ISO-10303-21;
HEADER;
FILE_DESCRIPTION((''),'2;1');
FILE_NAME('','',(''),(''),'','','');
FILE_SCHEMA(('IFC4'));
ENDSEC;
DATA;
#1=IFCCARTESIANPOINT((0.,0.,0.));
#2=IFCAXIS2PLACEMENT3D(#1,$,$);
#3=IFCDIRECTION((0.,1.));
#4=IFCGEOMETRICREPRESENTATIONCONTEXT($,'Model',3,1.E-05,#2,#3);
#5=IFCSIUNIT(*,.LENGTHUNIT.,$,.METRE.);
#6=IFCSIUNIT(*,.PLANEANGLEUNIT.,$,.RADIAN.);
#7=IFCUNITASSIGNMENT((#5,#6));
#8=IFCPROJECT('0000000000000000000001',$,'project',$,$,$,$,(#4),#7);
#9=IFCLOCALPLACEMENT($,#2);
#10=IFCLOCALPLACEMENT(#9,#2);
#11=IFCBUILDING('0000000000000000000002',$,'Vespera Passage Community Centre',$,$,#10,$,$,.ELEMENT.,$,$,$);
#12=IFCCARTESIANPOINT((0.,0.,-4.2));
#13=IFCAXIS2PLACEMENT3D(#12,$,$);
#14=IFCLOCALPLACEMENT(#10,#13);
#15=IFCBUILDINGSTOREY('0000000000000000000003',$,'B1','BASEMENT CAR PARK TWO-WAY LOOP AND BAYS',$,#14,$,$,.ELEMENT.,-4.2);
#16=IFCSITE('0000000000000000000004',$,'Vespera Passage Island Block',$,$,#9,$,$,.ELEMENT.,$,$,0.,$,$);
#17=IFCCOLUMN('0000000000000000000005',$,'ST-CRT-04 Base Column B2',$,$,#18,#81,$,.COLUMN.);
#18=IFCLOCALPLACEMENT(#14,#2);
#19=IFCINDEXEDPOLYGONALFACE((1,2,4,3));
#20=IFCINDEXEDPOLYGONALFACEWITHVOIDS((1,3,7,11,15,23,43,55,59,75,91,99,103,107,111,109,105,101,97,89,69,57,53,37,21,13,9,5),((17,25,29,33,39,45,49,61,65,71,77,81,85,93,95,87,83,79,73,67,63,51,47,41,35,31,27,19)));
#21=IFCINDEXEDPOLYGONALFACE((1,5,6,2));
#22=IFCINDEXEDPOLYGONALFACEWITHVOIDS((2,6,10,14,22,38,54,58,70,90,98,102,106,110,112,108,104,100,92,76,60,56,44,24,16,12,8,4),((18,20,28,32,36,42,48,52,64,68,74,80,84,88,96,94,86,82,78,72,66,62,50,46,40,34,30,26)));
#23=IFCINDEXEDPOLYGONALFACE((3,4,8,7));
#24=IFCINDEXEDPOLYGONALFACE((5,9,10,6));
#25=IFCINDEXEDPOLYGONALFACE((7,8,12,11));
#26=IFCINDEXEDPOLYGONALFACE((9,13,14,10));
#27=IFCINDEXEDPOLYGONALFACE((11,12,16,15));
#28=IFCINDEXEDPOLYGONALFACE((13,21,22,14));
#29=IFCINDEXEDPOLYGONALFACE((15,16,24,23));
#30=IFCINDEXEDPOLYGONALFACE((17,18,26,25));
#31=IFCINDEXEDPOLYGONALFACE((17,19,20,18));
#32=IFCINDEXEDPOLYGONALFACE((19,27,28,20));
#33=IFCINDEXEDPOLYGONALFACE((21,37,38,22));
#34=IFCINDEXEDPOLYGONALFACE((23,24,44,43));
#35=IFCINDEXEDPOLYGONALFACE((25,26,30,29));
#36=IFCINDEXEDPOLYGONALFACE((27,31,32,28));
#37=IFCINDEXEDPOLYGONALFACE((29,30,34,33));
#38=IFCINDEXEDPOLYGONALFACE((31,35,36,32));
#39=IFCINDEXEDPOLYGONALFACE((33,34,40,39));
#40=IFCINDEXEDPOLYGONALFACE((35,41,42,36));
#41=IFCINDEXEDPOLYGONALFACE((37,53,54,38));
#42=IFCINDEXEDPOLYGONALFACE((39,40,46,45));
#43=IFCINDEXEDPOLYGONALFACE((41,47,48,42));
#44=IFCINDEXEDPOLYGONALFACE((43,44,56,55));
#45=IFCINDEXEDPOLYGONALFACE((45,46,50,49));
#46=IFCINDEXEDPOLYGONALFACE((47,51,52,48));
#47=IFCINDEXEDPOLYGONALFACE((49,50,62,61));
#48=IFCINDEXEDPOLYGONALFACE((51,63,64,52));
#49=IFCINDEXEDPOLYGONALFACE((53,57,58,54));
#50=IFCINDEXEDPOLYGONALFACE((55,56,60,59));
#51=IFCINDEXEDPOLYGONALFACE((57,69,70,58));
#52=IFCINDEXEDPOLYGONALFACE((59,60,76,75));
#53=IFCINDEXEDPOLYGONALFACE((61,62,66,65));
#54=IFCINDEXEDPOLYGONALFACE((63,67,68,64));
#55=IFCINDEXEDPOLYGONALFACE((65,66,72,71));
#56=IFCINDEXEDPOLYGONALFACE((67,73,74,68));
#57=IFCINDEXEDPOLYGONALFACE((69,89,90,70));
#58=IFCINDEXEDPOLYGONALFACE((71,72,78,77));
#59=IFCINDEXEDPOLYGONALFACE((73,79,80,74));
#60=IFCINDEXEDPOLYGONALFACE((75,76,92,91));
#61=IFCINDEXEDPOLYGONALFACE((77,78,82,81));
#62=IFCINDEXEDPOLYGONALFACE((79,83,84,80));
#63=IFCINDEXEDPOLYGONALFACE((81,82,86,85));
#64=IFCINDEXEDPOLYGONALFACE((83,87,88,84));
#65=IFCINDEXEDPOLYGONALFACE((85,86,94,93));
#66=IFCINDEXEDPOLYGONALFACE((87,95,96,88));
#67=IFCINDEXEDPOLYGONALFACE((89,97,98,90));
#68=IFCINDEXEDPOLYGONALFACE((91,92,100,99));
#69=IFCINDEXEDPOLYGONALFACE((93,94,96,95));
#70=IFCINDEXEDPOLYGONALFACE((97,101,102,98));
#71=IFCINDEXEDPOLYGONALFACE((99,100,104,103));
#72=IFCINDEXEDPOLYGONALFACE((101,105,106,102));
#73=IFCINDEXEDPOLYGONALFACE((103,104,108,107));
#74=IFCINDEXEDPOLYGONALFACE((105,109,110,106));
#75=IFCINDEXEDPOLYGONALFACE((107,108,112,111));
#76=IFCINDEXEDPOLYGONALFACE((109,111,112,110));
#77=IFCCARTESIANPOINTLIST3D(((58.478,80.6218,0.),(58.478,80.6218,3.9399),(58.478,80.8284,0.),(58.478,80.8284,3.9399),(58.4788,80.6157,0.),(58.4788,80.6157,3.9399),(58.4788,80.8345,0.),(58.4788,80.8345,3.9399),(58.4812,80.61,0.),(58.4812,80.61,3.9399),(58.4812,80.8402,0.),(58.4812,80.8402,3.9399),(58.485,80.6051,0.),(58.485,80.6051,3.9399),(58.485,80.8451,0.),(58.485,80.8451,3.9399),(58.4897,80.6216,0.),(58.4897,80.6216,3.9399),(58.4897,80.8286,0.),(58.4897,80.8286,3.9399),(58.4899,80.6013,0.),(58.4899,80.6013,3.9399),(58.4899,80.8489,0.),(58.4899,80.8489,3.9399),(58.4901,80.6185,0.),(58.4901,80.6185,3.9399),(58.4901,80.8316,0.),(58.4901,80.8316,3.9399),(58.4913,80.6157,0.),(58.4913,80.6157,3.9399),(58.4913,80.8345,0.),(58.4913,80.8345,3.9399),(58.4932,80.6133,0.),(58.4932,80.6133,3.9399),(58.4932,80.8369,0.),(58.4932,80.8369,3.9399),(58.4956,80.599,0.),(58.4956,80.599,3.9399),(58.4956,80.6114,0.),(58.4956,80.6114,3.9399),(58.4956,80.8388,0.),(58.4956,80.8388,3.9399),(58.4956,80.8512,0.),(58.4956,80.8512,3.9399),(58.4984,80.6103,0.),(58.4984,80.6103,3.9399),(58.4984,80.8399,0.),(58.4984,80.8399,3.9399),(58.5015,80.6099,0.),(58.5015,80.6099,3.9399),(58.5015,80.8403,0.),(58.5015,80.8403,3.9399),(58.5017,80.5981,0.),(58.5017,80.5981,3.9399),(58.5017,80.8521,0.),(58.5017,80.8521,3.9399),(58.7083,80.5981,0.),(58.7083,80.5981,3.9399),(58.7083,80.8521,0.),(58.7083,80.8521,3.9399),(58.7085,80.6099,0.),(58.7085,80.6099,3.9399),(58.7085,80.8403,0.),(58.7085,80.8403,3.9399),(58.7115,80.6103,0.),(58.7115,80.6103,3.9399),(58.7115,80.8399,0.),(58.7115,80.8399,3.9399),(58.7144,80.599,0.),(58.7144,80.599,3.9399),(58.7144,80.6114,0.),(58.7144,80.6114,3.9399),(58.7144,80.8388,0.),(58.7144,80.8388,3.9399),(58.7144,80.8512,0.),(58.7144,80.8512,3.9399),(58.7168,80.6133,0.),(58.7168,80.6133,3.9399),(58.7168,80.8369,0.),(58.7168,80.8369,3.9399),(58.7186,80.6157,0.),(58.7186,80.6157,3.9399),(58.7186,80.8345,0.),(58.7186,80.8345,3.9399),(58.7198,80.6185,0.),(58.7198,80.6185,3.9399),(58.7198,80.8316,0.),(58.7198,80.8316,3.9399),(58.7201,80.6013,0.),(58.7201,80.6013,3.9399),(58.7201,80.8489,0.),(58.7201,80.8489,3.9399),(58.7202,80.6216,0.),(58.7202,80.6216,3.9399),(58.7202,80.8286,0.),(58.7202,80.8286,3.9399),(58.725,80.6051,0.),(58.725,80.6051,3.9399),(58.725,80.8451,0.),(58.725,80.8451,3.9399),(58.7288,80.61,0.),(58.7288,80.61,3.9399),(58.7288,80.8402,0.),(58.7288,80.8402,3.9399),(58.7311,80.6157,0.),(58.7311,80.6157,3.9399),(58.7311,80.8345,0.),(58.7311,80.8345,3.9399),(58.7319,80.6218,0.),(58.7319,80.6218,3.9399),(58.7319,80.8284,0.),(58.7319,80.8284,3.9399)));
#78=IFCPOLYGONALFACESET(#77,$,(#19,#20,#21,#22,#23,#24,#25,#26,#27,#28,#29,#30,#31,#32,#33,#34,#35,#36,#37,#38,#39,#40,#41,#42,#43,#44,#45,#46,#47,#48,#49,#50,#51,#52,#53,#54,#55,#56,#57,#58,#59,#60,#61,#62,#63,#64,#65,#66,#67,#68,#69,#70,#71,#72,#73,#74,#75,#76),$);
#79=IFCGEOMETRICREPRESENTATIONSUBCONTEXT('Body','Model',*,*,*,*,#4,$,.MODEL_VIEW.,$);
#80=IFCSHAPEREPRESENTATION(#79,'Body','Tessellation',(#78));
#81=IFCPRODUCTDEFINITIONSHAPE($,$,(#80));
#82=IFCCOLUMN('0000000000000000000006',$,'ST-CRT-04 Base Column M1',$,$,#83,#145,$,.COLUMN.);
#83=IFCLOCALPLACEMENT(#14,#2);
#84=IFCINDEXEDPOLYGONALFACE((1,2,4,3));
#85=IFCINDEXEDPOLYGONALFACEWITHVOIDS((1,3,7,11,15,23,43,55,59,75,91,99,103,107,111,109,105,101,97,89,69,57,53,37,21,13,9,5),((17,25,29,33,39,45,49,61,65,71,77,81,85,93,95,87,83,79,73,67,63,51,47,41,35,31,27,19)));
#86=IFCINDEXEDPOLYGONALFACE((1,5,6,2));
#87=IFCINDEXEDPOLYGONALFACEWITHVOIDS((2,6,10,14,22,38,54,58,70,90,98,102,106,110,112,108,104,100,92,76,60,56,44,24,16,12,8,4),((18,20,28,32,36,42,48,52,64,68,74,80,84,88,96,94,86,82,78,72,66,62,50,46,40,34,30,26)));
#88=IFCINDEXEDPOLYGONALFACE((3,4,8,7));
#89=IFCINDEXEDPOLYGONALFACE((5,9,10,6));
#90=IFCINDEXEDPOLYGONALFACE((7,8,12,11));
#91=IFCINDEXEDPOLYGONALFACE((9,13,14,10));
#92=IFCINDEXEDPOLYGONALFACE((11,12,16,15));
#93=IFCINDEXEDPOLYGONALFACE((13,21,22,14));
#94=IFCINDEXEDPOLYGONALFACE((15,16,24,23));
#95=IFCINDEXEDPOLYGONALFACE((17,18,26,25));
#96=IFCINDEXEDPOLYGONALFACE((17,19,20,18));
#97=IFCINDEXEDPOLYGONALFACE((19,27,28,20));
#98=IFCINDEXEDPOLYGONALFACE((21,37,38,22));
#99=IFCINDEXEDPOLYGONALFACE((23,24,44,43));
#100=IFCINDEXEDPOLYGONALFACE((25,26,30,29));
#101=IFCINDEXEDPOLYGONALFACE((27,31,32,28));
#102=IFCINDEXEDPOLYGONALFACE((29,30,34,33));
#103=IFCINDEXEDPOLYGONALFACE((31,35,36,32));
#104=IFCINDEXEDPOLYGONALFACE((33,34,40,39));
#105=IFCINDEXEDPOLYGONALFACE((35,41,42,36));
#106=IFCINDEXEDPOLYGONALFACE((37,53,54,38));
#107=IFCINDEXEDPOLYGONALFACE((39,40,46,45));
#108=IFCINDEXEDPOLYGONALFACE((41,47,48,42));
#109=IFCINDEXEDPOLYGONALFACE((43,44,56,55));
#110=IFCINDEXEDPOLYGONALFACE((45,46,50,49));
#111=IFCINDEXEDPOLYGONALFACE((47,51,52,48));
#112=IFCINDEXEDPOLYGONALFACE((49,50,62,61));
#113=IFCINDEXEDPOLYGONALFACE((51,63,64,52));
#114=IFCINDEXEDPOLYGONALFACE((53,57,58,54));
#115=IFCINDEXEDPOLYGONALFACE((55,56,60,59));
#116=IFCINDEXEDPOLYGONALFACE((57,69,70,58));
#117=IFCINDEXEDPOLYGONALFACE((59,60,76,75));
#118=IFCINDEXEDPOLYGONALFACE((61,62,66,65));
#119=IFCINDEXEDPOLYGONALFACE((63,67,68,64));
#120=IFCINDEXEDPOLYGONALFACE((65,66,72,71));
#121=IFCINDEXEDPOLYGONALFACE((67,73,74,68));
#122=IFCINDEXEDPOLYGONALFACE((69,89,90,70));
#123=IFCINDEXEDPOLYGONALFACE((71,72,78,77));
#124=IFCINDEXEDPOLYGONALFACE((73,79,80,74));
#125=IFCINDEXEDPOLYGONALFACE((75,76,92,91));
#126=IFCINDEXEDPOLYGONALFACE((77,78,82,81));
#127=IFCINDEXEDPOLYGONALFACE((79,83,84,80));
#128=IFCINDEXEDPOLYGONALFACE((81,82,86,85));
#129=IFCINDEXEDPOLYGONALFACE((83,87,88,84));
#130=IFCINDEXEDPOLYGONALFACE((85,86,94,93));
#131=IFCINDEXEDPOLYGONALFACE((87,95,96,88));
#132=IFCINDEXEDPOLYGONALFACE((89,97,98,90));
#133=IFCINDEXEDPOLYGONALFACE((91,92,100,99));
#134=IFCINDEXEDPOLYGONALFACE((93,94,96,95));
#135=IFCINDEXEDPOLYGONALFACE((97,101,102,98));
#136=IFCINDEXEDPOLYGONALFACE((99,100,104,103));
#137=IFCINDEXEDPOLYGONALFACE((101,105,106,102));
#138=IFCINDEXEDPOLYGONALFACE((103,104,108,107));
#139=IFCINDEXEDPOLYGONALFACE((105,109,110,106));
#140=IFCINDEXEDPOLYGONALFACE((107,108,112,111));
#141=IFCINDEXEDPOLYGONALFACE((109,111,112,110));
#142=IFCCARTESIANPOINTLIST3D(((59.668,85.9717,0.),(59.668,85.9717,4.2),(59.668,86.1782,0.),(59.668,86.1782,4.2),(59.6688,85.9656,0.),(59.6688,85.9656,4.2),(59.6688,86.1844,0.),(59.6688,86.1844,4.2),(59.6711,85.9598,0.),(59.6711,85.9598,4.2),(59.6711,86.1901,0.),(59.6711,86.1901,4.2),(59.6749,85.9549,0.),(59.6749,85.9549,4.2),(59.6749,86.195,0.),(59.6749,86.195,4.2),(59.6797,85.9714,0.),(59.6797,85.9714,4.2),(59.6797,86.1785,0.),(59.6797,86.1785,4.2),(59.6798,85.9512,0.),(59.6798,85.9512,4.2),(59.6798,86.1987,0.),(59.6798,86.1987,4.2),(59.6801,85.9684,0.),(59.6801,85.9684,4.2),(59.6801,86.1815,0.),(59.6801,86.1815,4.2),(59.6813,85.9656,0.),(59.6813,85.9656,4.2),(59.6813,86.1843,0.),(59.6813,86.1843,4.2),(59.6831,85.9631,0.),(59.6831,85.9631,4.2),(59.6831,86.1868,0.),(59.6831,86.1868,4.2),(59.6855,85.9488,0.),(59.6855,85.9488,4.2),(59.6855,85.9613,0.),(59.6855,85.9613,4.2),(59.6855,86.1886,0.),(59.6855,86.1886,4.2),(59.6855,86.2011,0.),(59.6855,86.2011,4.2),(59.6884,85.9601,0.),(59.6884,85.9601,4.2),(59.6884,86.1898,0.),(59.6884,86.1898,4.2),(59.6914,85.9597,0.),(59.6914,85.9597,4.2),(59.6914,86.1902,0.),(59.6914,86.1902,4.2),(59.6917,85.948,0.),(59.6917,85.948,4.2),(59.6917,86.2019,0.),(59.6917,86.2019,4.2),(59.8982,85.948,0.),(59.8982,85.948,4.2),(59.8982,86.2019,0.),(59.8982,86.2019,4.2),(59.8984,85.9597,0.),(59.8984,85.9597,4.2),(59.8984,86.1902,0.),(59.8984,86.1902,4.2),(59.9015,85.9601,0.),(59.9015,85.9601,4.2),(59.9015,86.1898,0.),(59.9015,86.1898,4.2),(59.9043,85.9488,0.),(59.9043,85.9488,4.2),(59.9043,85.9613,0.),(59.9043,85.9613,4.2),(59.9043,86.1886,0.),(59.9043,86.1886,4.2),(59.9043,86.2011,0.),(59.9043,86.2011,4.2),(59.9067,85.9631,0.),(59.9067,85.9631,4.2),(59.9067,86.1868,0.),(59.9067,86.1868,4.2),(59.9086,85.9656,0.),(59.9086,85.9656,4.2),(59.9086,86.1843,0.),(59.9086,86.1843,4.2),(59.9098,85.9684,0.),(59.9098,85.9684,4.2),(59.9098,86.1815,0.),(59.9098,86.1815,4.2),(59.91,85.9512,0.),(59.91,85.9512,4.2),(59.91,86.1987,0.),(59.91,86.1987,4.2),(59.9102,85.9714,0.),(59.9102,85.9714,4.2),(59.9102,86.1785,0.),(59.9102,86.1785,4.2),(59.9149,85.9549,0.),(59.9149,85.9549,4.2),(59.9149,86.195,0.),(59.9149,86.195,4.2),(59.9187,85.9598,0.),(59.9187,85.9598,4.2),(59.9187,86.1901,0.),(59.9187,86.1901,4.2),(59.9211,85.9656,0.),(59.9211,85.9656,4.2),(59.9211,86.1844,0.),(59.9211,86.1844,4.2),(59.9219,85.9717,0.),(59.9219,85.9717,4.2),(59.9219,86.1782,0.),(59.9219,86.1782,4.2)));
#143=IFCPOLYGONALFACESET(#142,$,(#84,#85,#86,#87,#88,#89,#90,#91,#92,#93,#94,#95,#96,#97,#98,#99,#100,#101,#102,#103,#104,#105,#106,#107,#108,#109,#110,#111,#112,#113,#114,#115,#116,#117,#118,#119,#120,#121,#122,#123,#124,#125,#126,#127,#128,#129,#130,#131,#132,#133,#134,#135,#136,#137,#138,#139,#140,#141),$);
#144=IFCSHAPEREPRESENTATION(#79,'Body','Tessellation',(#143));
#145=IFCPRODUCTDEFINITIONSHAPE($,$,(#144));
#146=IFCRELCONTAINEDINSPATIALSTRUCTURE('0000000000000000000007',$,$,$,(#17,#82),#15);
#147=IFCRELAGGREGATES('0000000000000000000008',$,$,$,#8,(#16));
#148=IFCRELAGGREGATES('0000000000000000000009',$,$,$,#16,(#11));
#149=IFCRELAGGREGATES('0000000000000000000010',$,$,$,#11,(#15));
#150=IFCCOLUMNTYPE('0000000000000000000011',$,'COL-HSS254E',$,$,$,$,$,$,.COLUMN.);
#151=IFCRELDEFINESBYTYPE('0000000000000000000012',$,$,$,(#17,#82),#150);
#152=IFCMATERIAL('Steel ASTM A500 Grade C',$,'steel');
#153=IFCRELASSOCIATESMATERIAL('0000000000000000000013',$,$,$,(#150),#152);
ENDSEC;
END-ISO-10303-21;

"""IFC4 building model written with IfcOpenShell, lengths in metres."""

from ifc_helpers import new_model, si_unit, direction, frame, origin, origin_2d, place, context, subcontext, project, spatial, hollow_rectangle, extrude, material, material_profile, profile_set, type_object, element, save


model = new_model("IFC4")

# Units and contexts
model_context = context("Model", 3, precision=1e-05, world=origin(), true_north=direction((0.0, 1.0)))
body_context = subcontext(model_context, "Body", "Model", "MODEL_VIEW")
ifc_project = project(units=[si_unit("LENGTHUNIT", "METRE"), si_unit("PLANEANGLEUNIT", "RADIAN")], contexts=[model_context])

# Site, building, storey
site_placement = place(None, origin())
site = spatial("IfcSite", under=ifc_project, at=site_placement, Name="Vespera Passage Island Block", CompositionType="ELEMENT", RefElevation=0.0)
building_placement = place(site_placement, origin())
building = spatial("IfcBuilding", under=site, at=building_placement, Name="Vespera Passage Community Centre", CompositionType="ELEMENT")
storey_placement = place(building_placement, frame((0.0, 0.0, -4.2)))
storey = spatial("IfcBuildingStorey", under=building, at=storey_placement, Name="B1", Description="BASEMENT CAR PARK TWO-WAY LOOP AND BAYS", CompositionType="ELEMENT", Elevation=-4.2)

# Columns
ifc_material_1 = material(Name="Steel ASTM A500 Grade C", Category="steel")
ifc_material_profile_1 = material_profile(ifc_material_1, hollow_rectangle(XDim=0.2539, YDim=0.2539, WallThickness=0.0117, InnerFilletRadius=0.0117, OuterFilletRadius=0.0237, at=origin_2d()), Name="HSS254X254X12.7")
ifc_profile_set_1 = profile_set([ifc_material_profile_1], Name="Steel ASTM A500 Grade C")
column_type_1 = type_object("IfcColumnType", Name="COL-HSS254E", PredefinedType="COLUMN", material=ifc_profile_set_1)
for number, where, z_axis, x_axis, name in (
    (1, (58.605, 80.7251, 0.0), (0.0, 0.0, 1.0), (1.0, 0.0, 0.0), "ST-CRT-04 Base Column B2"),
):
    element("IfcColumn", number, at=place(storey_placement, frame(where, z_axis=z_axis, x_axis=x_axis)), inside=storey, type_object=column_type_1, Name=name, PredefinedType="COLUMN", context=body_context, shape_type="SweptSolid", body=[
        extrude(hollow_rectangle(XDim=0.2539, YDim=0.2539, WallThickness=0.0117, InnerFilletRadius=0.0117, OuterFilletRadius=0.0237, at=origin_2d()), origin(), (0.0, 0.0, 1.0), 3.9399),
    ])
for number, where, z_axis, x_axis, name in (
    (2, (59.7949, 86.075, 0.0), (0.0, 0.0, 1.0), (1.0, 0.0, 0.0), "ST-CRT-04 Base Column M1"),
):
    element("IfcColumn", number, at=place(storey_placement, frame(where, z_axis=z_axis, x_axis=x_axis)), inside=storey, type_object=column_type_1, Name=name, PredefinedType="COLUMN", context=body_context, shape_type="SweptSolid", body=[
        extrude(hollow_rectangle(XDim=0.2539, YDim=0.2539, WallThickness=0.0117, InnerFilletRadius=0.0117, OuterFilletRadius=0.0237, at=origin_2d()), origin(), (0.0, 0.0, 1.0), 4.2),
    ])

save(model, "model.ifc")
